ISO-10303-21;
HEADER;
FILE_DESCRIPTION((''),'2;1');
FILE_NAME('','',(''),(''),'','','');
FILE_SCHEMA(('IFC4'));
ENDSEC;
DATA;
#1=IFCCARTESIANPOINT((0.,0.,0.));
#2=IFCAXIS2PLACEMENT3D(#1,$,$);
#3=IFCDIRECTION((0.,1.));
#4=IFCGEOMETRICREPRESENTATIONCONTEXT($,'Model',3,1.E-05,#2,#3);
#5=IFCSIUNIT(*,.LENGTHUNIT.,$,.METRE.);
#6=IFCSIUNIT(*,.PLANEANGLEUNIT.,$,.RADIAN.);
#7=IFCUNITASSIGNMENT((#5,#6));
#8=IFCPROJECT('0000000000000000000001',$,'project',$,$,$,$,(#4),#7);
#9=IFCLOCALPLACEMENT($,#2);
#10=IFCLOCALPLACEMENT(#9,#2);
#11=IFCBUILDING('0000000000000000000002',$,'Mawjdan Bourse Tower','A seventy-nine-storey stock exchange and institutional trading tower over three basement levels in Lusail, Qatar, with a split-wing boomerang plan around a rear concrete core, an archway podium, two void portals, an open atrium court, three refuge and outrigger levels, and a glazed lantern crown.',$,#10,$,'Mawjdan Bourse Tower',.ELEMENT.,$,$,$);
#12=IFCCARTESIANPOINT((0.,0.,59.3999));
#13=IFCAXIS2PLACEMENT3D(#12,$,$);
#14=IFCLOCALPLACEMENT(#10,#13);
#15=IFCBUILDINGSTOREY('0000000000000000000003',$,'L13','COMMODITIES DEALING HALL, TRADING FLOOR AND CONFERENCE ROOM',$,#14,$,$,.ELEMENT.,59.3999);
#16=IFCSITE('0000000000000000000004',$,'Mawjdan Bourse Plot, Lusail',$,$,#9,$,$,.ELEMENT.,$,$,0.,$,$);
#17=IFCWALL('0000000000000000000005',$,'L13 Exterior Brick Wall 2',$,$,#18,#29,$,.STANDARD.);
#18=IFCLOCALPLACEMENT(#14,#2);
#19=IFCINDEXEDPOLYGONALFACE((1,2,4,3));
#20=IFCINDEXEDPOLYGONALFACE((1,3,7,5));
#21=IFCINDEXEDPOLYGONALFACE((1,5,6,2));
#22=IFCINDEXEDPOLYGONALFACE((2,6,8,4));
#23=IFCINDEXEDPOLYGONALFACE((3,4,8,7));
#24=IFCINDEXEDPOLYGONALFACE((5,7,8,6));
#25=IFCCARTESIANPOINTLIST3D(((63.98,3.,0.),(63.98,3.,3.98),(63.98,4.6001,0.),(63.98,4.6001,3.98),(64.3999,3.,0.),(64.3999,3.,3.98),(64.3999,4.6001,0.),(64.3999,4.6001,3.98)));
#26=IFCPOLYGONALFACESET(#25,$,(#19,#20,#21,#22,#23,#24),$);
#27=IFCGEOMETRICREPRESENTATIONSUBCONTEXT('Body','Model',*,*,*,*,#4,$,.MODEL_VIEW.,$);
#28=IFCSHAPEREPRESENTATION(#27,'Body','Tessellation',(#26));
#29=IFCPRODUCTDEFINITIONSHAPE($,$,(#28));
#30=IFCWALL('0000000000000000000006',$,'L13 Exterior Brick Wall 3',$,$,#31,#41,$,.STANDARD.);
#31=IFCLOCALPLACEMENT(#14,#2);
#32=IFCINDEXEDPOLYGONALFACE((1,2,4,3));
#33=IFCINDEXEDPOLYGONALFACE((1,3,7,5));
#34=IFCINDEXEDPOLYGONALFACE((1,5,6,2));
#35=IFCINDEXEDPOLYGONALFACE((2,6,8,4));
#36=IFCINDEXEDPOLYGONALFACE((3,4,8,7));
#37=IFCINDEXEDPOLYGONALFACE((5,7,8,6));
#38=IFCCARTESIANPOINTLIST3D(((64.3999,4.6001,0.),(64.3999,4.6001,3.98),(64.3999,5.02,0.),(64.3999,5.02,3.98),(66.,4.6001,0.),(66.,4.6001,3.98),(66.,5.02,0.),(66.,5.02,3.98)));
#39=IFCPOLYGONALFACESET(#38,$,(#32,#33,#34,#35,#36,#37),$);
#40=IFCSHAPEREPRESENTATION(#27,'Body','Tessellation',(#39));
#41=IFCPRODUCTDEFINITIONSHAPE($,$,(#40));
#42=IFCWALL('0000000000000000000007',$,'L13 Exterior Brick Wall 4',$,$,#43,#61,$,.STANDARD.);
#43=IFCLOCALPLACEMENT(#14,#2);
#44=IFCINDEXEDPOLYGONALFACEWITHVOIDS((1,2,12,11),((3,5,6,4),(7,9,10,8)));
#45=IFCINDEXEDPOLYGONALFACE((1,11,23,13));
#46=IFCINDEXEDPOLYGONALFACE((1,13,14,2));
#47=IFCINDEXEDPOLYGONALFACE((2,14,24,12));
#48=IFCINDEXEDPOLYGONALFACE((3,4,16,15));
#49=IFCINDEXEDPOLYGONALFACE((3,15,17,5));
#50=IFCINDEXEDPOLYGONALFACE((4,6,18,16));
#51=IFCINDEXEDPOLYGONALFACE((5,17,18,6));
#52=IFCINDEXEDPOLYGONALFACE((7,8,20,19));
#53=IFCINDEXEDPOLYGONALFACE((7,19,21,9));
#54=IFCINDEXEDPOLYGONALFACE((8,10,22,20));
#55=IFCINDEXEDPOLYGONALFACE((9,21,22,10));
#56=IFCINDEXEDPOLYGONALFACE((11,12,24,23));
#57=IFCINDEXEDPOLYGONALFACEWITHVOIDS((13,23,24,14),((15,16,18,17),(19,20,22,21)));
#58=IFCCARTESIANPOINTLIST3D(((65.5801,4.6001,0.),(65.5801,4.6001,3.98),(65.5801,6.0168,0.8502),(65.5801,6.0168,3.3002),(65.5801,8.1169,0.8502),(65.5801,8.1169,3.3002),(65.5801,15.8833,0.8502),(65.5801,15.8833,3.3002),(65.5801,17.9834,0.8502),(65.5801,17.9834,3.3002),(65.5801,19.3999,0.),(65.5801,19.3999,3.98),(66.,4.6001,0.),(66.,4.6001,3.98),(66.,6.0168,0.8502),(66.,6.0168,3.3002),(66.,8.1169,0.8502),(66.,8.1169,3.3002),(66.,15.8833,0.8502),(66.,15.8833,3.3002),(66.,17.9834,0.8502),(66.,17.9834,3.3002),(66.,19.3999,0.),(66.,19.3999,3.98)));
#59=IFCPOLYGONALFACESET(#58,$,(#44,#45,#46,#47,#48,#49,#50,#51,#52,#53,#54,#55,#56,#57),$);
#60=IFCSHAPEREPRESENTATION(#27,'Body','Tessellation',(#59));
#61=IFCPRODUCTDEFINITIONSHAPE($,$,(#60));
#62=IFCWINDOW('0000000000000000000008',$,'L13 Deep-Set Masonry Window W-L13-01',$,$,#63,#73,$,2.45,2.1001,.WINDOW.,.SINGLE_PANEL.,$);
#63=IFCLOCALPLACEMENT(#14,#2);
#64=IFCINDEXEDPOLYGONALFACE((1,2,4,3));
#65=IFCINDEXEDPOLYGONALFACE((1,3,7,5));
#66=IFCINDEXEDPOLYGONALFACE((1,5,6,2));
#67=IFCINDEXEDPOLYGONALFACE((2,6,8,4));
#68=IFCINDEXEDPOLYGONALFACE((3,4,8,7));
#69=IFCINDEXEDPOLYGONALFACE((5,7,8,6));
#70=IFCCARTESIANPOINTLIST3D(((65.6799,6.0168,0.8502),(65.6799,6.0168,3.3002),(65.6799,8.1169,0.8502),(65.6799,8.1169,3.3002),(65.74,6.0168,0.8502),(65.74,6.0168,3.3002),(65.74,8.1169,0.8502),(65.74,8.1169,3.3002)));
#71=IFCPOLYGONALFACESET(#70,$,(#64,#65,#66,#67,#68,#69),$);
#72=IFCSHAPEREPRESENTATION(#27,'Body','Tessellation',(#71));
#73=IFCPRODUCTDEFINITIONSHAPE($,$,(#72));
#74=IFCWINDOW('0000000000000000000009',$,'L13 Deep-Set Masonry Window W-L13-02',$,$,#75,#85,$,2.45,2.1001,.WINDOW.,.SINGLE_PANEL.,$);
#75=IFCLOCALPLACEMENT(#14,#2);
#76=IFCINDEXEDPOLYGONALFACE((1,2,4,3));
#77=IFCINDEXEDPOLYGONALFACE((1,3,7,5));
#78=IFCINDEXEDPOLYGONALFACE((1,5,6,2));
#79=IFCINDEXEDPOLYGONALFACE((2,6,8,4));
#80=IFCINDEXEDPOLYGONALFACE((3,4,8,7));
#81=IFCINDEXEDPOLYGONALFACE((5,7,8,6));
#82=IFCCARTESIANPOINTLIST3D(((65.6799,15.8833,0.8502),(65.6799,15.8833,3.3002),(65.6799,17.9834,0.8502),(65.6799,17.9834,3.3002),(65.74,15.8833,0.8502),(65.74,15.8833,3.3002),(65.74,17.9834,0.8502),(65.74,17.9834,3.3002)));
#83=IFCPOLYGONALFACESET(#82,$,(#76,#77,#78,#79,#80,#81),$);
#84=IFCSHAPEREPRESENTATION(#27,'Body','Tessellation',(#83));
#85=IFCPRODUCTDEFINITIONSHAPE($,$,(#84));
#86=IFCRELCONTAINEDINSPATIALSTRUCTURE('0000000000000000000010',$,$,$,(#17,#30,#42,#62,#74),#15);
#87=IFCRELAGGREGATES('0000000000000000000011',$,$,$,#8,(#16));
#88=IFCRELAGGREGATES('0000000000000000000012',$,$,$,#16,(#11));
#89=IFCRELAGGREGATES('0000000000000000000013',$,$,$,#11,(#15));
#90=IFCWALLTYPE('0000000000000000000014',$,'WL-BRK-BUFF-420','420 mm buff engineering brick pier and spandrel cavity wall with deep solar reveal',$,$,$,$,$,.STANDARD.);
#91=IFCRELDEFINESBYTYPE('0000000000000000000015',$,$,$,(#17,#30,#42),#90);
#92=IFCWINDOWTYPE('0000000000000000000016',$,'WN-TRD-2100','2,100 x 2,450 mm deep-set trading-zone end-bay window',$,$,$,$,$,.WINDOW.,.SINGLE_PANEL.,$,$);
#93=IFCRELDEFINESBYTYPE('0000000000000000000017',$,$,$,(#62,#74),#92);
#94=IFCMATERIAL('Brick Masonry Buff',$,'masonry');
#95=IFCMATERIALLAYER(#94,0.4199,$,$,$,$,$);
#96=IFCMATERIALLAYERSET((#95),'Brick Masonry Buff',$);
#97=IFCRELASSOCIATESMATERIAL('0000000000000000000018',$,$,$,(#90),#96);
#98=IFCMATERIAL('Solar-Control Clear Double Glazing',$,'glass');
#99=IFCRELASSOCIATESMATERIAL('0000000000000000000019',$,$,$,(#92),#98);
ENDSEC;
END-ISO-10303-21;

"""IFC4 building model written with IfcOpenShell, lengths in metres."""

from ifc_helpers import new_model, si_unit, direction, frame, frame_2d, origin, place, context, subcontext, project, spatial, rectangle, extrude, material, layer, layer_set, type_object, element, fill, save


model = new_model("IFC4")

# Units and contexts
model_context = context("Model", 3, precision=1e-05, world=origin(), true_north=direction((0.0, 1.0)))
body_context = subcontext(model_context, "Body", "Model", "MODEL_VIEW")
ifc_project = project(units=[si_unit("LENGTHUNIT", "METRE"), si_unit("PLANEANGLEUNIT", "RADIAN")], contexts=[model_context])

# Site, building, storey
site_placement = place(None, origin())
site = spatial("IfcSite", under=ifc_project, at=site_placement, Name="Mawjdan Bourse Plot, Lusail", CompositionType="ELEMENT", RefElevation=0.0)
building_placement = place(site_placement, origin())
building = spatial("IfcBuilding", under=site, at=building_placement, Name="Mawjdan Bourse Tower", Description="A seventy-nine-storey stock exchange and institutional trading tower over three basement levels in Lusail, Qatar, with a split-wing boomerang plan around a rear concrete core, an archway podium, two void portals, an open atrium court, three refuge and outrigger levels, and a glazed lantern crown.", LongName="Mawjdan Bourse Tower", CompositionType="ELEMENT")
storey_placement = place(building_placement, frame((0.0, 0.0, 59.3999)))
storey = spatial("IfcBuildingStorey", under=building, at=storey_placement, Name="L13", Description="COMMODITIES DEALING HALL, TRADING FLOOR AND CONFERENCE ROOM", CompositionType="ELEMENT", Elevation=59.3999)

# Walls
ifc_material_1 = material(Name="Brick Masonry Buff", Category="masonry")
ifc_layer = layer(ifc_material_1, 0.4199)
ifc_layer_set = layer_set([ifc_layer], Name="Brick Masonry Buff")
wall_type = type_object("IfcWallType", Name="WL-BRK-BUFF-420", Description="420 mm buff engineering brick pier and spandrel cavity wall with deep solar reveal", PredefinedType="STANDARD", material=ifc_layer_set)
for number, where, z_axis, x_axis, name in (
    (1, (64.1899, 3.0, 0.0), (0.0, 0.0, 1.0), (0.0, 1.0, 0.0), "L13 Exterior Brick Wall 2"),
    (2, (64.3999, 4.8101, 0.0), (0.0, 0.0, 1.0), (1.0, 0.0, 0.0), "L13 Exterior Brick Wall 3"),
):
    element("IfcWall", number, at=place(storey_placement, frame(where, z_axis=z_axis, x_axis=x_axis)), inside=storey, type_object=wall_type, Name=name, PredefinedType="STANDARD", context=body_context, shape_type="SweptSolid", body=[
        extrude(rectangle(XDim=1.6001, YDim=0.4199, at=frame_2d((0.8, 0.0))), origin(), (0.0, 0.0, 1.0), 3.98),
    ])

# Wall, openings, windows
wall_placement = place(storey_placement, frame((65.79, 4.6001, 0.0), z_axis=(0.0, 0.0, 1.0), x_axis=(0.0, 1.0, 0.0)))
wall = element("IfcWall", 3, at=wall_placement, inside=storey, type_object=wall_type, Name="L13 Exterior Brick Wall 4", PredefinedType="STANDARD", context=body_context, shape_type="SweptSolid", body=[
    extrude(rectangle(XDim=14.7998, YDim=0.4199, at=frame_2d((7.3999, 0.0))), origin(), (0.0, 0.0, 1.0), 3.98),
])
opening_1_placement = place(wall_placement, frame((1.4167, 0.0, 0.8501)))
opening_1 = element("IfcOpeningElement", 4, at=opening_1_placement, cuts=wall, PredefinedType="OPENING", context=body_context, shape_type="SweptSolid", body=[
    extrude(rectangle(XDim=2.1001, YDim=2.45, at=frame_2d((1.05, 1.2251))), frame((0.0, 0.22, 0.0), z_axis=(0.0, -1.0, 0.0), x_axis=(1.0, 0.0, 0.0)), (0.0, 0.0, 1.0), 0.4399),
])
opening_2_placement = place(wall_placement, frame((11.2832, 0.0, 0.8501)))
opening_2 = element("IfcOpeningElement", 5, at=opening_2_placement, cuts=wall, PredefinedType="OPENING", context=body_context, shape_type="SweptSolid", body=[
    extrude(rectangle(XDim=2.1001, YDim=2.45, at=frame_2d((1.05, 1.2251))), frame((0.0, 0.22, 0.0), z_axis=(0.0, -1.0, 0.0), x_axis=(1.0, 0.0, 0.0)), (0.0, 0.0, 1.0), 0.4399),
])
ifc_material_2 = material(Name="Solar-Control Clear Double Glazing", Category="glass")
window_type = type_object("IfcWindowType", Name="WN-TRD-2100", Description="2,100 x 2,450 mm deep-set trading-zone end-bay window", PartitioningType="SINGLE_PANEL", PredefinedType="WINDOW", material=ifc_material_2)
window_1_placement = place(opening_1_placement, origin())
window_1 = element("IfcWindow", 6, at=window_1_placement, inside=storey, type_object=window_type, Name="L13 Deep-Set Masonry Window W-L13-01", OverallHeight=2.45, OverallWidth=2.1001, PartitioningType="SINGLE_PANEL", PredefinedType="WINDOW", context=body_context, shape_type="SweptSolid", body=[
    extrude(rectangle(XDim=2.1001, YDim=2.45, at=frame_2d((1.05, 1.2251))), frame((0.0, 0.1101, 0.0), z_axis=(0.0, -1.0, 0.0), x_axis=(1.0, 0.0, 0.0)), (0.0, 0.0, 1.0), 0.0601),
])
fill(opening_1, window_1)
window_2_placement = place(opening_2_placement, origin())
window_2 = element("IfcWindow", 7, at=window_2_placement, inside=storey, type_object=window_type, Name="L13 Deep-Set Masonry Window W-L13-02", OverallHeight=2.45, OverallWidth=2.1001, PartitioningType="SINGLE_PANEL", PredefinedType="WINDOW", context=body_context, shape_type="SweptSolid", body=[
    extrude(rectangle(XDim=2.1001, YDim=2.45, at=frame_2d((1.05, 1.2251))), frame((0.0, 0.1101, 0.0), z_axis=(0.0, -1.0, 0.0), x_axis=(1.0, 0.0, 0.0)), (0.0, 0.0, 1.0), 0.0601),
])
fill(opening_2, window_2)

save(model, "model.ifc")
